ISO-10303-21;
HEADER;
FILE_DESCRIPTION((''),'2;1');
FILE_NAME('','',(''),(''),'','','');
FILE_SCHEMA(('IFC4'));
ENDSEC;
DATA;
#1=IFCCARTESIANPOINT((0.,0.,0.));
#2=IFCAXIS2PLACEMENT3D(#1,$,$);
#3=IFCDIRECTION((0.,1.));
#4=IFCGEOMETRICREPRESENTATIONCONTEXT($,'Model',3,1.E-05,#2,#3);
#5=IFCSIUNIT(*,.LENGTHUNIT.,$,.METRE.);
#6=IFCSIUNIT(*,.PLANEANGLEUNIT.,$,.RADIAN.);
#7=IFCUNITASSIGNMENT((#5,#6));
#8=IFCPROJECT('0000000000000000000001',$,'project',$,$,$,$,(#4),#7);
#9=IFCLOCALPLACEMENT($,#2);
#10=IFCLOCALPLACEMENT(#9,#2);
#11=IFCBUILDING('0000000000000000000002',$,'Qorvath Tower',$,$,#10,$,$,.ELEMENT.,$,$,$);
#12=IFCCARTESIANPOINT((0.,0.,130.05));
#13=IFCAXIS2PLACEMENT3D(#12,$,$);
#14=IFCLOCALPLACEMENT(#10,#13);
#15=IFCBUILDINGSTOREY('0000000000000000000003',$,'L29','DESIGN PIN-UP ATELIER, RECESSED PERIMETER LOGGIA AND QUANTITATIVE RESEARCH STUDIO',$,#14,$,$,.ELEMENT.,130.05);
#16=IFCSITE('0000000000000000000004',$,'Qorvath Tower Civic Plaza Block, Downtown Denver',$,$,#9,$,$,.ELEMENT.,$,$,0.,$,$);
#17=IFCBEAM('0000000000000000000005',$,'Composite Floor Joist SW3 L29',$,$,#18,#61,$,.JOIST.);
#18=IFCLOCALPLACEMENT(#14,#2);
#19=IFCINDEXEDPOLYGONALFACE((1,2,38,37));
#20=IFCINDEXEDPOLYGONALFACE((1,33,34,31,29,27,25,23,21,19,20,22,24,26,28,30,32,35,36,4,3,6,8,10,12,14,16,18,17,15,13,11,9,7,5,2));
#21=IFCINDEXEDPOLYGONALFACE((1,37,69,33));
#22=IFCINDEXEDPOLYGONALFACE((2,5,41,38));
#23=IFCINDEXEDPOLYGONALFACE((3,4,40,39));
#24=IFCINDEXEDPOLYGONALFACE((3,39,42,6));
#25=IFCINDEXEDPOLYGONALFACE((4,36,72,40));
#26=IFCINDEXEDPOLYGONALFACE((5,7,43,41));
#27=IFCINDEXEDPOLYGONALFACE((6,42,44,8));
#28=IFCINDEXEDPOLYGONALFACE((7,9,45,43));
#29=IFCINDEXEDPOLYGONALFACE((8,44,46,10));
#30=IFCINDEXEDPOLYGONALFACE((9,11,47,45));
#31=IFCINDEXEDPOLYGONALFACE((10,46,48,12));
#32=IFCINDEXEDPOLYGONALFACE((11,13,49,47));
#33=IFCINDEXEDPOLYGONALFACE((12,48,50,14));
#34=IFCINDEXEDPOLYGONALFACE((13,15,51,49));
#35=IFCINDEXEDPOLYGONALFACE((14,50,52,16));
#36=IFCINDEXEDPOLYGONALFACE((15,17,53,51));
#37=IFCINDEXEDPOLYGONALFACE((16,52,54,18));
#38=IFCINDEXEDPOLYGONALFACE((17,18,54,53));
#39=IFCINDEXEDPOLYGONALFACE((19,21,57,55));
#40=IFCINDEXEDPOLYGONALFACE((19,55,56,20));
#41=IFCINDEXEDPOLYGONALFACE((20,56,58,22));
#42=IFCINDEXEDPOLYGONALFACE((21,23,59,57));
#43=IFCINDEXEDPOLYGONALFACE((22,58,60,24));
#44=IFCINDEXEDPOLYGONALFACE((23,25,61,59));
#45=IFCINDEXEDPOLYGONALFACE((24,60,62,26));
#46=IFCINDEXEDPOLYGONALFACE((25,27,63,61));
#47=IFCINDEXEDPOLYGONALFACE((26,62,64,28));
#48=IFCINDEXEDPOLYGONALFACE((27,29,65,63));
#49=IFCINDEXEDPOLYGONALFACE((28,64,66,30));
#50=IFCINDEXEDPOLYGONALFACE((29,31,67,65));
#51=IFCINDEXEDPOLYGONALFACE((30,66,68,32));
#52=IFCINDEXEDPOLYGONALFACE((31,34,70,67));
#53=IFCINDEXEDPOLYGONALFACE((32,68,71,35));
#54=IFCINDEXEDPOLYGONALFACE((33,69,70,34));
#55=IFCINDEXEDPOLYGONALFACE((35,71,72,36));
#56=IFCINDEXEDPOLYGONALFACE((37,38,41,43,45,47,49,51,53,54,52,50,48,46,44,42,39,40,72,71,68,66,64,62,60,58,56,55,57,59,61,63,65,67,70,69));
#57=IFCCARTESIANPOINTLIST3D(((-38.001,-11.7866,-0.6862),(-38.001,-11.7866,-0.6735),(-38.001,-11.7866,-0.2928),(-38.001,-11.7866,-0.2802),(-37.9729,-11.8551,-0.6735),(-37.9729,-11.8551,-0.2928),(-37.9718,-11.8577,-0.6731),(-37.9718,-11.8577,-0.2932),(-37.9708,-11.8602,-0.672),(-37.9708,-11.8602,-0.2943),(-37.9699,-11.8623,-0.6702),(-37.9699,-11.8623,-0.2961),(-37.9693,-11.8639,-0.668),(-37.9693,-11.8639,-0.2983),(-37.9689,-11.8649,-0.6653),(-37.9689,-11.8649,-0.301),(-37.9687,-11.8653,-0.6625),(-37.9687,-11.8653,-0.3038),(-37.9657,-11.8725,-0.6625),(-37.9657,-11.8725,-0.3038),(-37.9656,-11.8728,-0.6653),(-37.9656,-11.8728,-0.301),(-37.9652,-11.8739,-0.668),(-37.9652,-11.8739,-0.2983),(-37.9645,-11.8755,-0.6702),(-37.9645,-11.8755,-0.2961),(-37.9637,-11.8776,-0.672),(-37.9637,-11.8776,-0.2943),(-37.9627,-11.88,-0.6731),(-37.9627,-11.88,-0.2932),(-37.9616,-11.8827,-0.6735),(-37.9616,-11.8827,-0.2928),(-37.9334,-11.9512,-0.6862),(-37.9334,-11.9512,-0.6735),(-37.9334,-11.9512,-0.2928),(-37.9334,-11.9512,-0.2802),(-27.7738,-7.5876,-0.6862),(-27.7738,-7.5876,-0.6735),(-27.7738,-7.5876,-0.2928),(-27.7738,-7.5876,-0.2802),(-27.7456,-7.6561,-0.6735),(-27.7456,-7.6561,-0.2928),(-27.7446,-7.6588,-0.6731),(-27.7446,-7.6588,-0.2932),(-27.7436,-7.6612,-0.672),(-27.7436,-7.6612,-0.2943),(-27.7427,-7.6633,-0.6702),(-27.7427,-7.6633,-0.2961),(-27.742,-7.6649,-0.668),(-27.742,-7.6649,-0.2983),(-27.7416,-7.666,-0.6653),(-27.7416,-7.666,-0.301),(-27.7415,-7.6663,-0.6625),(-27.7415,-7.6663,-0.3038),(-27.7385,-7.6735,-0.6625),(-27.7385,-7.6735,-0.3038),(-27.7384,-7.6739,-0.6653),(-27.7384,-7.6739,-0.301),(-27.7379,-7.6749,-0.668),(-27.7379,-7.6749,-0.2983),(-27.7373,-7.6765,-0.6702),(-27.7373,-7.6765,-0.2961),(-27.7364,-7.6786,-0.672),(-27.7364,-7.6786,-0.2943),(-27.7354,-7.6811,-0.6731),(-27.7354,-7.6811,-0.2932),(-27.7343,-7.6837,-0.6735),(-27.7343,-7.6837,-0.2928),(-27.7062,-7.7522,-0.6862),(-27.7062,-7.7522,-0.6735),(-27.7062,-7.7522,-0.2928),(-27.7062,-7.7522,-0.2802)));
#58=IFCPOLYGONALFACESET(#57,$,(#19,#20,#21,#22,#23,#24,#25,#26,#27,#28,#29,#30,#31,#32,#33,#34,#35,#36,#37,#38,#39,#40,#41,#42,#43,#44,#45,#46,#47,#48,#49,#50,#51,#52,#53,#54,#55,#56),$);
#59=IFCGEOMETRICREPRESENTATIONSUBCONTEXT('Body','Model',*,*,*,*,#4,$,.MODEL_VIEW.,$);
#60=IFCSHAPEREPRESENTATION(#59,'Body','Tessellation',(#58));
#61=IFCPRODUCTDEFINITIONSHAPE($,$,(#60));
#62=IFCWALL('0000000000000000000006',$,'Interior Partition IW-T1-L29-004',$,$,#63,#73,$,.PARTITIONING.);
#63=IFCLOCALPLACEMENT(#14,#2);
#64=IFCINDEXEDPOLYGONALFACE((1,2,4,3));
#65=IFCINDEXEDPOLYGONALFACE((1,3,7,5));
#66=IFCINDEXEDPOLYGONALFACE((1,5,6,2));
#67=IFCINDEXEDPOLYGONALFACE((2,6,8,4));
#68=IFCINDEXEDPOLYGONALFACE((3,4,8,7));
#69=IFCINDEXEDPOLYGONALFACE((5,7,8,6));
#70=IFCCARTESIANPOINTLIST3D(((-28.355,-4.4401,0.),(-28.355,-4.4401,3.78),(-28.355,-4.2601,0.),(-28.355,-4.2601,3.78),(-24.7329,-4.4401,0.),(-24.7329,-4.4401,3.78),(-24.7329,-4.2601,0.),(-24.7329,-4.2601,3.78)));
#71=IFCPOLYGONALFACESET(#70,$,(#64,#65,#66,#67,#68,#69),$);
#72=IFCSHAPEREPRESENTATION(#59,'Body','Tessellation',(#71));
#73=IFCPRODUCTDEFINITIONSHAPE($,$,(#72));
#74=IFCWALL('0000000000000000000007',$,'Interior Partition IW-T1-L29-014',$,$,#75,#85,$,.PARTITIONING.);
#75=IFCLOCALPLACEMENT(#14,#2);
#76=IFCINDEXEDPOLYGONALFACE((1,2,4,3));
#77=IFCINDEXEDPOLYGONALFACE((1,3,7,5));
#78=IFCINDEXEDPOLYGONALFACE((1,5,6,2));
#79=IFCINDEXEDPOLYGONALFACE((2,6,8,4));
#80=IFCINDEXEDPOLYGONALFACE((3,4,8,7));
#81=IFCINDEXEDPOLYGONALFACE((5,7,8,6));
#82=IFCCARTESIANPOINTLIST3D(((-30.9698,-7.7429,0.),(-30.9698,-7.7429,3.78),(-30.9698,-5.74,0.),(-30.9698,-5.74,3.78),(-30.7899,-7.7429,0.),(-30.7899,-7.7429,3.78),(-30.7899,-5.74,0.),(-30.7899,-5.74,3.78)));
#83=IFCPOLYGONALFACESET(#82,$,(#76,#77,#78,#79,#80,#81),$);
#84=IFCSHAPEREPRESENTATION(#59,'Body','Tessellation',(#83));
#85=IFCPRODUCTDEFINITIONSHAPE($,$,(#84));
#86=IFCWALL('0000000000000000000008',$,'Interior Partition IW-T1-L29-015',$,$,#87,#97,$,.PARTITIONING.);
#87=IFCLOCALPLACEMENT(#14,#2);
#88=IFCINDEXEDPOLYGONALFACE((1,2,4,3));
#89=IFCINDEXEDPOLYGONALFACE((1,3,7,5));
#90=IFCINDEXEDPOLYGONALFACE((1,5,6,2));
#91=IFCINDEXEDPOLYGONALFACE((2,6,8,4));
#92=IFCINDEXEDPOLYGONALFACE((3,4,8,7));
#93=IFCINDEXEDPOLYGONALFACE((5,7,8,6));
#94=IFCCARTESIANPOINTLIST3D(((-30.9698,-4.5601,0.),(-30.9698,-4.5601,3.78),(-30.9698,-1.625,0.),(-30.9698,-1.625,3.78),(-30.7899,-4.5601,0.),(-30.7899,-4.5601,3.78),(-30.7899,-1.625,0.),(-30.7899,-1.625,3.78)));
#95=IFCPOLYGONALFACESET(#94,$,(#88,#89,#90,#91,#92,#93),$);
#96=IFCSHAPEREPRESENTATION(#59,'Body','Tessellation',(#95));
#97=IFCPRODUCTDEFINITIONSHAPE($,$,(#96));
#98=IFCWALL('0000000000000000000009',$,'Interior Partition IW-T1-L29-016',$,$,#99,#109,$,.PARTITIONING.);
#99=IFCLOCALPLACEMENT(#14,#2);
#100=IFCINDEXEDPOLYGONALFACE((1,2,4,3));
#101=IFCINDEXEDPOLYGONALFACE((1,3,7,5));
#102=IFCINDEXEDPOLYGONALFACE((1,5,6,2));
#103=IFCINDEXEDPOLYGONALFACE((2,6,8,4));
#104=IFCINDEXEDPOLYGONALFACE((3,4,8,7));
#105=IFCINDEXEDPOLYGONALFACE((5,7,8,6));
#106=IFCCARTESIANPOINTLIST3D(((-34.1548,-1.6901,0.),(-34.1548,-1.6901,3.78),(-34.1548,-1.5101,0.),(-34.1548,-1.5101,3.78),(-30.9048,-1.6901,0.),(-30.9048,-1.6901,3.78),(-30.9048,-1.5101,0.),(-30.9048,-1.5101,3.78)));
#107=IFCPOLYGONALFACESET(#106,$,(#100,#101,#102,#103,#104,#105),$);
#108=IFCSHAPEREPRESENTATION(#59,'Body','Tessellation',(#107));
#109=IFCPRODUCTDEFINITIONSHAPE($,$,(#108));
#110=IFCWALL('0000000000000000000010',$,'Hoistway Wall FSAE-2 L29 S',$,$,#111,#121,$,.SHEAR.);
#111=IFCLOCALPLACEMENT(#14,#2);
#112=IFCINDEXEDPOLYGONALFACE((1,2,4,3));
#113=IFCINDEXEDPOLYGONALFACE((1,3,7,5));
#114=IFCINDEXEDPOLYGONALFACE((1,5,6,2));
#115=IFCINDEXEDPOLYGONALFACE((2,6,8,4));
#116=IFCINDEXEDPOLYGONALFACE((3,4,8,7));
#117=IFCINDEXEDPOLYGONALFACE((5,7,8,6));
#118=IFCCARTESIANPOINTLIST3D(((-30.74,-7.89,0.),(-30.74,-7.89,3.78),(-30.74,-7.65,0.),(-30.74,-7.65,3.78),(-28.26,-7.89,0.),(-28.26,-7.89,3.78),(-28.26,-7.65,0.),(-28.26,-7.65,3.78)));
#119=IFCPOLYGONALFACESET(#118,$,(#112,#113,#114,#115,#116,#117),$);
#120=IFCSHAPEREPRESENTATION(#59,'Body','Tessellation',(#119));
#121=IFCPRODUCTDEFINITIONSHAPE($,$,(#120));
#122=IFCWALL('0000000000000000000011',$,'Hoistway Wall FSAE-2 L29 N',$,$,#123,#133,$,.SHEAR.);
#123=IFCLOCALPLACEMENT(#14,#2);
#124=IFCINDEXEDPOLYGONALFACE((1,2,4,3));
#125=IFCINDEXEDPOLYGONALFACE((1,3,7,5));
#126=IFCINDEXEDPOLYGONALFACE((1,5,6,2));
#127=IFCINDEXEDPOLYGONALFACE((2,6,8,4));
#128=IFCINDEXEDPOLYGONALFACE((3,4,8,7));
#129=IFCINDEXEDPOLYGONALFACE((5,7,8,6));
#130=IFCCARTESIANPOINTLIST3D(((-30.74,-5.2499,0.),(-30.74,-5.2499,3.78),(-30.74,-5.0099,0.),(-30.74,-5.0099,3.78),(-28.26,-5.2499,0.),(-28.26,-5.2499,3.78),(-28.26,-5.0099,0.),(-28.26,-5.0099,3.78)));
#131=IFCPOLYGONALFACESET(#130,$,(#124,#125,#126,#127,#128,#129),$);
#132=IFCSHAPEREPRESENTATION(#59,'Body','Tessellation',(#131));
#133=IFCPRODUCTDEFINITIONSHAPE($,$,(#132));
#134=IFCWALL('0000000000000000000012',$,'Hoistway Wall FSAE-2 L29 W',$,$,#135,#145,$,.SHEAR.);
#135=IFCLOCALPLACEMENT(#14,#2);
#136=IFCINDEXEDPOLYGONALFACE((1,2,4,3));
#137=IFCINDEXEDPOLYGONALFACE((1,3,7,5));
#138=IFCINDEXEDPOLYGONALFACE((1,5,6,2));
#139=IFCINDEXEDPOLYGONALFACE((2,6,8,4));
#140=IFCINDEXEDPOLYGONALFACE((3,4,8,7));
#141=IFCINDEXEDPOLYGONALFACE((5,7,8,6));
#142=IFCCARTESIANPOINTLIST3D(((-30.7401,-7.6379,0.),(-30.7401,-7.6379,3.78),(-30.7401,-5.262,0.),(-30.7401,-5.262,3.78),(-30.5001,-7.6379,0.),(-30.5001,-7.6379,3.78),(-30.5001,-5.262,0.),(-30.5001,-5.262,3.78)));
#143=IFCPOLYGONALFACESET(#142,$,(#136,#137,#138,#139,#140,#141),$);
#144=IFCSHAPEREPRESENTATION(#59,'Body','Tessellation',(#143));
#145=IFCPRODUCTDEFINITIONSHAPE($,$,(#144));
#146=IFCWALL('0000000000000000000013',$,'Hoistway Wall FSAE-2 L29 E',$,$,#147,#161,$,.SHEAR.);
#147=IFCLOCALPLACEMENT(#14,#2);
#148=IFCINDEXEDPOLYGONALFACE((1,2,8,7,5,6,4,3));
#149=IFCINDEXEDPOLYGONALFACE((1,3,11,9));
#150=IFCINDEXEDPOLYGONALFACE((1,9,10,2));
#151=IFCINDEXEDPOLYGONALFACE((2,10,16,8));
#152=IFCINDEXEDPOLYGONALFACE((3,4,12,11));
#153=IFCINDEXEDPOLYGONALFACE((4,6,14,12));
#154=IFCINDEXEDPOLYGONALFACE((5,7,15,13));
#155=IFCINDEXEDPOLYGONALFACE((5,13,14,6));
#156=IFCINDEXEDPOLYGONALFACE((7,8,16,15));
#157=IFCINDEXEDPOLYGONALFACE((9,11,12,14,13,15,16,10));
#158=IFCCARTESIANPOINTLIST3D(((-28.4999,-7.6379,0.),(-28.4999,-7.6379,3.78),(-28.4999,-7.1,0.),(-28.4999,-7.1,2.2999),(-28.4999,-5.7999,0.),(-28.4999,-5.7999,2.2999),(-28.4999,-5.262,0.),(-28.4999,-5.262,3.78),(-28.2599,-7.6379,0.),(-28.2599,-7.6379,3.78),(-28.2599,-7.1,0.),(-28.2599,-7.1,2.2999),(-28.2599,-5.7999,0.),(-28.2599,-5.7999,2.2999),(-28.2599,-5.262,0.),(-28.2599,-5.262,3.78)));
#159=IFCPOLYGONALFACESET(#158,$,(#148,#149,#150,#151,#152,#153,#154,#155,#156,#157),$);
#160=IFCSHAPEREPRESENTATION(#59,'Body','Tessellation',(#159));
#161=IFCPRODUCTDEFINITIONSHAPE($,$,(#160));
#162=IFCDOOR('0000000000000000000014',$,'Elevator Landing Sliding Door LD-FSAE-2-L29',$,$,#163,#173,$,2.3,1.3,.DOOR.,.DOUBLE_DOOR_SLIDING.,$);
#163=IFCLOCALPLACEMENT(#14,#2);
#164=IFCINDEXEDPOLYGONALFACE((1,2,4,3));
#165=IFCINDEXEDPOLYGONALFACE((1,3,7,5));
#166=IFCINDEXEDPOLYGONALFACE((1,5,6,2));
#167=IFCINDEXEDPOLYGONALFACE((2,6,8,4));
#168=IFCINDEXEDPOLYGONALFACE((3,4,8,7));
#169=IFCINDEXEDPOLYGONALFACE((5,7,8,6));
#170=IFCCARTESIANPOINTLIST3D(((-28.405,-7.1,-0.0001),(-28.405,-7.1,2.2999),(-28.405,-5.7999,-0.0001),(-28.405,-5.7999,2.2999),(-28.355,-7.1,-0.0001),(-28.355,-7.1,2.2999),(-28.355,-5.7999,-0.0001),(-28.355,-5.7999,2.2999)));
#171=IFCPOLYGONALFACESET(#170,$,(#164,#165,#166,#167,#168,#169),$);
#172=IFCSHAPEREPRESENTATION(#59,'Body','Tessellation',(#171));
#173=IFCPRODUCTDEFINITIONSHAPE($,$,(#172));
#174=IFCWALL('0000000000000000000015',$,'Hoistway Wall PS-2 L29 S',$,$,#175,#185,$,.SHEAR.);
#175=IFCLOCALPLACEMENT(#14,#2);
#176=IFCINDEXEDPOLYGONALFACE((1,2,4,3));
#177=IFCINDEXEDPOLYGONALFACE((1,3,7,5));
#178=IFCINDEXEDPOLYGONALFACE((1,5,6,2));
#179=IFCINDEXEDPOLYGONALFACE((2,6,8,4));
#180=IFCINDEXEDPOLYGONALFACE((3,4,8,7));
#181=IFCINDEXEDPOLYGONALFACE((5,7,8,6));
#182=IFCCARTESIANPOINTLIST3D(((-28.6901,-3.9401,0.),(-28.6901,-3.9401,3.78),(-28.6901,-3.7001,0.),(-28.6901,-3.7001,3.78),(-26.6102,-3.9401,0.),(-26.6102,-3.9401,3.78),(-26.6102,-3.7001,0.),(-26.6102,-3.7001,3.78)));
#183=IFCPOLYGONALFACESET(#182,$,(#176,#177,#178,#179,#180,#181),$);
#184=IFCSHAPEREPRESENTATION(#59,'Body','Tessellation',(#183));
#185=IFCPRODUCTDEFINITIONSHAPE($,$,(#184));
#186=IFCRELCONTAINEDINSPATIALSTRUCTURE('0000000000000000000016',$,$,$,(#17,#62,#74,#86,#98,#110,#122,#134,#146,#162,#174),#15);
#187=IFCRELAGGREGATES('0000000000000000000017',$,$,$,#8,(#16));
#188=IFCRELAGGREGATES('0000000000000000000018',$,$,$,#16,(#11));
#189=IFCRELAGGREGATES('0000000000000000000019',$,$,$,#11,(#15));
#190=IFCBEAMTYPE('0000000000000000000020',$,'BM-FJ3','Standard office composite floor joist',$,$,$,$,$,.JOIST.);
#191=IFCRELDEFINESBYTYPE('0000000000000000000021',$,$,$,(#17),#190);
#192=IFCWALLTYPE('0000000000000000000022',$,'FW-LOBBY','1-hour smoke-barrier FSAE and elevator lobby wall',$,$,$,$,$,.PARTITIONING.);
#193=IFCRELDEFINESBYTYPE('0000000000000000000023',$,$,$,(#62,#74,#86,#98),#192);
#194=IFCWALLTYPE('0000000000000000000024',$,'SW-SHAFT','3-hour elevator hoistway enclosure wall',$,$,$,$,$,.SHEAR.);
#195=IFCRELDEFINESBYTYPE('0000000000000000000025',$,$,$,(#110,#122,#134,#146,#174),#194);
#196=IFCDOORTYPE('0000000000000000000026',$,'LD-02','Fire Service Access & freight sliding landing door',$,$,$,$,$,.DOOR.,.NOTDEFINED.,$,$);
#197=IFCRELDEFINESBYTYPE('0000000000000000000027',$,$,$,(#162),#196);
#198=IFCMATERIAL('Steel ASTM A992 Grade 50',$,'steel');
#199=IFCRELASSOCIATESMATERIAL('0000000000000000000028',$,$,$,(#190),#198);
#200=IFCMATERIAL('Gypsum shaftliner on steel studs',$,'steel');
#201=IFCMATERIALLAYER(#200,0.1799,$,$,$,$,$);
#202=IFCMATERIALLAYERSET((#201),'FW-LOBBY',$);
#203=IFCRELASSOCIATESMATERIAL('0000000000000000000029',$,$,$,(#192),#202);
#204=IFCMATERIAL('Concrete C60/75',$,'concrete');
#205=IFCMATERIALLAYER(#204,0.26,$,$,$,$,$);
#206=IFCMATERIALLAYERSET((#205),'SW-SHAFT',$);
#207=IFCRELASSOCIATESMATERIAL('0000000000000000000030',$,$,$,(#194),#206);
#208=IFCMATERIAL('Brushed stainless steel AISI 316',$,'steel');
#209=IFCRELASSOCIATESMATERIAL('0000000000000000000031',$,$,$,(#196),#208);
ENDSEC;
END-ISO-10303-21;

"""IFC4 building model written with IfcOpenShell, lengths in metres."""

from ifc_helpers import new_model, si_unit, direction, frame, frame_2d, origin, origin_2d, place, context, subcontext, project, spatial, rectangle, i_section, extrude, material, layer, layer_set, material_profile, profile_set, type_object, element, fill, save


model = new_model("IFC4")

# Units and contexts
model_context = context("Model", 3, precision=1e-05, world=origin(), true_north=direction((0.0, 1.0)))
body_context = subcontext(model_context, "Body", "Model", "MODEL_VIEW")
ifc_project = project(units=[si_unit("LENGTHUNIT", "METRE"), si_unit("PLANEANGLEUNIT", "RADIAN")], contexts=[model_context])

# Site, building, storey
site_placement = place(None, origin())
site = spatial("IfcSite", under=ifc_project, at=site_placement, Name="Qorvath Tower Civic Plaza Block, Downtown Denver", CompositionType="ELEMENT", RefElevation=0.0)
building_placement = place(site_placement, origin())
building = spatial("IfcBuilding", under=site, at=building_placement, Name="Qorvath Tower", CompositionType="ELEMENT")
storey_placement = place(building_placement, frame((0.0, 0.0, 130.05)))
storey = spatial("IfcBuildingStorey", under=building, at=storey_placement, Name="L29", Description="DESIGN PIN-UP ATELIER, RECESSED PERIMETER LOGGIA AND QUANTITATIVE RESEARCH STUDIO", CompositionType="ELEMENT", Elevation=130.05)

# Beam
ifc_material_1 = material(Name="Steel ASTM A992 Grade 50", Category="steel")
ifc_material_profile_1 = material_profile(ifc_material_1, i_section(OverallWidth=0.178, OverallDepth=0.406, WebThickness=0.0078, FlangeThickness=0.0127, FilletRadius=0.011, at=origin_2d()), Name="W16x40")
ifc_profile_set_1 = profile_set([ifc_material_profile_1], Name="Steel ASTM A992 Grade 50")
beam_type_1 = type_object("IfcBeamType", Name="BM-FJ3", Description="Standard office composite floor joist", PredefinedType="JOIST", material=ifc_profile_set_1)
beam_1_placement = place(storey_placement, frame((-27.74, -7.6699, -0.4832), z_axis=(-0.925068, -0.379801, 0.0), x_axis=(0.379801, -0.925068, 0.0)))
element("IfcBeam", 1, at=beam_1_placement, inside=storey, type_object=beam_type_1, Name="Composite Floor Joist SW3 L29", PredefinedType="JOIST", context=body_context, shape_type="SweptSolid", body=[
    extrude(i_section(OverallWidth=0.178, OverallDepth=0.406, WebThickness=0.0078, FlangeThickness=0.0127, FilletRadius=0.011, at=origin_2d()), origin(), (0.0, 0.0, 1.0), 11.0557),
])

# Shared definitions
ifc_material_2 = material(Name="Gypsum shaftliner on steel studs", Category="steel")
ifc_layer_1 = layer(ifc_material_2, 0.1799)
ifc_layer_set_1 = layer_set([ifc_layer_1], Name="FW-LOBBY")
wall_type_1 = type_object("IfcWallType", Name="FW-LOBBY", Description="1-hour smoke-barrier FSAE and elevator lobby wall", PredefinedType="PARTITIONING", material=ifc_layer_set_1)

# Walls
wall_1_placement = place(storey_placement, frame((-24.7329, -4.3501, 0.0), z_axis=(0.0, 0.0, 1.0), x_axis=(-1.0, 0.0, 0.0)))
element("IfcWall", 2, at=wall_1_placement, inside=storey, type_object=wall_type_1, Name="Interior Partition IW-T1-L29-004", PredefinedType="PARTITIONING", context=body_context, shape_type="SweptSolid", body=[
    extrude(rectangle(XDim=3.6221, YDim=0.1799, at=frame_2d((1.811, 0.0))), origin(), (0.0, 0.0, 1.0), 3.78),
])
wall_2_placement = place(storey_placement, frame((-30.8799, -7.7429, 0.0), z_axis=(0.0, 0.0, 1.0), x_axis=(0.0, 1.0, 0.0)))
element("IfcWall", 3, at=wall_2_placement, inside=storey, type_object=wall_type_1, Name="Interior Partition IW-T1-L29-014", PredefinedType="PARTITIONING", context=body_context, shape_type="SweptSolid", body=[
    extrude(rectangle(XDim=2.0029, YDim=0.1799, at=frame_2d((1.0015, 0.0))), origin(), (0.0, 0.0, 1.0), 3.78),
])
wall_3_placement = place(storey_placement, frame((-30.8799, -4.5601, 0.0), z_axis=(0.0, 0.0, 1.0), x_axis=(0.0, 1.0, 0.0)))
element("IfcWall", 4, at=wall_3_placement, inside=storey, type_object=wall_type_1, Name="Interior Partition IW-T1-L29-015", PredefinedType="PARTITIONING", context=body_context, shape_type="SweptSolid", body=[
    extrude(rectangle(XDim=2.9351, YDim=0.1799, at=frame_2d((1.4675, 0.0))), origin(), (0.0, 0.0, 1.0), 3.78),
])
wall_4_placement = place(storey_placement, frame((-30.9048, -1.6001, 0.0), z_axis=(0.0, 0.0, 1.0), x_axis=(-1.0, 0.0, 0.0)))
element("IfcWall", 5, at=wall_4_placement, inside=storey, type_object=wall_type_1, Name="Interior Partition IW-T1-L29-016", PredefinedType="PARTITIONING", context=body_context, shape_type="SweptSolid", body=[
    extrude(rectangle(XDim=3.25, YDim=0.1799, at=frame_2d((1.625, 0.0))), origin(), (0.0, 0.0, 1.0), 3.78),
])
ifc_material_3 = material(Name="Concrete C60/75", Category="concrete")
ifc_layer_2 = layer(ifc_material_3, 0.26)
ifc_layer_set_2 = layer_set([ifc_layer_2], Name="SW-SHAFT")
wall_type_2 = type_object("IfcWallType", Name="SW-SHAFT", Description="3-hour elevator hoistway enclosure wall", PredefinedType="SHEAR", material=ifc_layer_set_2)
for number, where, z_axis, x_axis, name in (
    (6, (-28.26, -7.77, 0.0), (0.0, 0.0, 1.0), (-1.0, 0.0, 0.0), "Hoistway Wall FSAE-2 L29 S"),
    (7, (-30.74, -5.1299, 0.0), (0.0, 0.0, 1.0), (1.0, 0.0, 0.0), "Hoistway Wall FSAE-2 L29 N"),
):
    element("IfcWall", number, at=place(storey_placement, frame(where, z_axis=z_axis, x_axis=x_axis)), inside=storey, type_object=wall_type_2, Name=name, PredefinedType="SHEAR", context=body_context, shape_type="SweptSolid", body=[
        extrude(rectangle(XDim=2.48, YDim=0.24, at=frame_2d((1.24, 0.0))), origin(), (0.0, 0.0, 1.0), 3.78),
    ])
wall_5_placement = place(storey_placement, frame((-30.6201, -7.6379, 0.0), z_axis=(0.0, 0.0, 1.0), x_axis=(0.0, 1.0, 0.0)))
element("IfcWall", 8, at=wall_5_placement, inside=storey, type_object=wall_type_2, Name="Hoistway Wall FSAE-2 L29 W", PredefinedType="SHEAR", context=body_context, shape_type="SweptSolid", body=[
    extrude(rectangle(XDim=2.376, YDim=0.24, at=frame_2d((1.188, 0.0))), origin(), (0.0, 0.0, 1.0), 3.78),
])

# Wall, opening, door
wall_6_placement = place(storey_placement, frame((-28.3799, -5.262, 0.0), z_axis=(0.0, 0.0, 1.0), x_axis=(0.0, -1.0, 0.0)))
wall_6 = element("IfcWall", 9, at=wall_6_placement, inside=storey, type_object=wall_type_2, Name="Hoistway Wall FSAE-2 L29 E", PredefinedType="SHEAR", context=body_context, shape_type="SweptSolid", body=[
    extrude(rectangle(XDim=2.376, YDim=0.24, at=frame_2d((1.188, 0.0))), origin(), (0.0, 0.0, 1.0), 3.78),
])
opening_1_placement = place(wall_6_placement, frame((0.5381, 0.0, 0.0)))
opening_1 = element("IfcOpeningElement", 10, at=opening_1_placement, cuts=wall_6, PredefinedType="OPENING", context=body_context, shape_type="SweptSolid", body=[
    extrude(rectangle(XDim=1.3, YDim=2.3, at=frame_2d((0.6499, 1.1499))), frame((0.0, 0.1299, 0.0), z_axis=(0.0, -1.0, 0.0), x_axis=(1.0, 0.0, 0.0)), (0.0, 0.0, 1.0), 0.26),
])
ifc_material_4 = material(Name="Brushed stainless steel AISI 316", Category="steel")
door_type_1 = type_object("IfcDoorType", Name="LD-02", Description="Fire Service Access & freight sliding landing door", OperationType="NOTDEFINED", PredefinedType="DOOR", material=ifc_material_4)
door_1_placement = place(opening_1_placement, origin())
door_1 = element("IfcDoor", 11, at=door_1_placement, inside=storey, type_object=door_type_1, Name="Elevator Landing Sliding Door LD-FSAE-2-L29", OperationType="DOUBLE_DOOR_SLIDING", OverallHeight=2.3, OverallWidth=1.3, PredefinedType="DOOR", context=body_context, shape_type="SweptSolid", body=[
    extrude(rectangle(XDim=1.3, YDim=2.3, at=frame_2d((0.6499, 1.1499))), frame((0.0, 0.0249, 0.0), z_axis=(0.0, -1.0, 0.0), x_axis=(1.0, 0.0, 0.0)), (0.0, 0.0, 1.0), 0.05),
])
fill(opening_1, door_1)

# Wall
for number, where, z_axis, x_axis, name in (
    (12, (-26.6101, -3.8201, 0.0), (0.0, 0.0, 1.0), (-1.0, 0.0, 0.0), "Hoistway Wall PS-2 L29 S"),
):
    element("IfcWall", number, at=place(storey_placement, frame(where, z_axis=z_axis, x_axis=x_axis)), inside=storey, type_object=wall_type_2, Name=name, PredefinedType="SHEAR", context=body_context, shape_type="SweptSolid", body=[
        extrude(rectangle(XDim=2.0798, YDim=0.24, at=frame_2d((1.04, 0.0))), origin(), (0.0, 0.0, 1.0), 3.78),
    ])

save(model, "model.ifc")
